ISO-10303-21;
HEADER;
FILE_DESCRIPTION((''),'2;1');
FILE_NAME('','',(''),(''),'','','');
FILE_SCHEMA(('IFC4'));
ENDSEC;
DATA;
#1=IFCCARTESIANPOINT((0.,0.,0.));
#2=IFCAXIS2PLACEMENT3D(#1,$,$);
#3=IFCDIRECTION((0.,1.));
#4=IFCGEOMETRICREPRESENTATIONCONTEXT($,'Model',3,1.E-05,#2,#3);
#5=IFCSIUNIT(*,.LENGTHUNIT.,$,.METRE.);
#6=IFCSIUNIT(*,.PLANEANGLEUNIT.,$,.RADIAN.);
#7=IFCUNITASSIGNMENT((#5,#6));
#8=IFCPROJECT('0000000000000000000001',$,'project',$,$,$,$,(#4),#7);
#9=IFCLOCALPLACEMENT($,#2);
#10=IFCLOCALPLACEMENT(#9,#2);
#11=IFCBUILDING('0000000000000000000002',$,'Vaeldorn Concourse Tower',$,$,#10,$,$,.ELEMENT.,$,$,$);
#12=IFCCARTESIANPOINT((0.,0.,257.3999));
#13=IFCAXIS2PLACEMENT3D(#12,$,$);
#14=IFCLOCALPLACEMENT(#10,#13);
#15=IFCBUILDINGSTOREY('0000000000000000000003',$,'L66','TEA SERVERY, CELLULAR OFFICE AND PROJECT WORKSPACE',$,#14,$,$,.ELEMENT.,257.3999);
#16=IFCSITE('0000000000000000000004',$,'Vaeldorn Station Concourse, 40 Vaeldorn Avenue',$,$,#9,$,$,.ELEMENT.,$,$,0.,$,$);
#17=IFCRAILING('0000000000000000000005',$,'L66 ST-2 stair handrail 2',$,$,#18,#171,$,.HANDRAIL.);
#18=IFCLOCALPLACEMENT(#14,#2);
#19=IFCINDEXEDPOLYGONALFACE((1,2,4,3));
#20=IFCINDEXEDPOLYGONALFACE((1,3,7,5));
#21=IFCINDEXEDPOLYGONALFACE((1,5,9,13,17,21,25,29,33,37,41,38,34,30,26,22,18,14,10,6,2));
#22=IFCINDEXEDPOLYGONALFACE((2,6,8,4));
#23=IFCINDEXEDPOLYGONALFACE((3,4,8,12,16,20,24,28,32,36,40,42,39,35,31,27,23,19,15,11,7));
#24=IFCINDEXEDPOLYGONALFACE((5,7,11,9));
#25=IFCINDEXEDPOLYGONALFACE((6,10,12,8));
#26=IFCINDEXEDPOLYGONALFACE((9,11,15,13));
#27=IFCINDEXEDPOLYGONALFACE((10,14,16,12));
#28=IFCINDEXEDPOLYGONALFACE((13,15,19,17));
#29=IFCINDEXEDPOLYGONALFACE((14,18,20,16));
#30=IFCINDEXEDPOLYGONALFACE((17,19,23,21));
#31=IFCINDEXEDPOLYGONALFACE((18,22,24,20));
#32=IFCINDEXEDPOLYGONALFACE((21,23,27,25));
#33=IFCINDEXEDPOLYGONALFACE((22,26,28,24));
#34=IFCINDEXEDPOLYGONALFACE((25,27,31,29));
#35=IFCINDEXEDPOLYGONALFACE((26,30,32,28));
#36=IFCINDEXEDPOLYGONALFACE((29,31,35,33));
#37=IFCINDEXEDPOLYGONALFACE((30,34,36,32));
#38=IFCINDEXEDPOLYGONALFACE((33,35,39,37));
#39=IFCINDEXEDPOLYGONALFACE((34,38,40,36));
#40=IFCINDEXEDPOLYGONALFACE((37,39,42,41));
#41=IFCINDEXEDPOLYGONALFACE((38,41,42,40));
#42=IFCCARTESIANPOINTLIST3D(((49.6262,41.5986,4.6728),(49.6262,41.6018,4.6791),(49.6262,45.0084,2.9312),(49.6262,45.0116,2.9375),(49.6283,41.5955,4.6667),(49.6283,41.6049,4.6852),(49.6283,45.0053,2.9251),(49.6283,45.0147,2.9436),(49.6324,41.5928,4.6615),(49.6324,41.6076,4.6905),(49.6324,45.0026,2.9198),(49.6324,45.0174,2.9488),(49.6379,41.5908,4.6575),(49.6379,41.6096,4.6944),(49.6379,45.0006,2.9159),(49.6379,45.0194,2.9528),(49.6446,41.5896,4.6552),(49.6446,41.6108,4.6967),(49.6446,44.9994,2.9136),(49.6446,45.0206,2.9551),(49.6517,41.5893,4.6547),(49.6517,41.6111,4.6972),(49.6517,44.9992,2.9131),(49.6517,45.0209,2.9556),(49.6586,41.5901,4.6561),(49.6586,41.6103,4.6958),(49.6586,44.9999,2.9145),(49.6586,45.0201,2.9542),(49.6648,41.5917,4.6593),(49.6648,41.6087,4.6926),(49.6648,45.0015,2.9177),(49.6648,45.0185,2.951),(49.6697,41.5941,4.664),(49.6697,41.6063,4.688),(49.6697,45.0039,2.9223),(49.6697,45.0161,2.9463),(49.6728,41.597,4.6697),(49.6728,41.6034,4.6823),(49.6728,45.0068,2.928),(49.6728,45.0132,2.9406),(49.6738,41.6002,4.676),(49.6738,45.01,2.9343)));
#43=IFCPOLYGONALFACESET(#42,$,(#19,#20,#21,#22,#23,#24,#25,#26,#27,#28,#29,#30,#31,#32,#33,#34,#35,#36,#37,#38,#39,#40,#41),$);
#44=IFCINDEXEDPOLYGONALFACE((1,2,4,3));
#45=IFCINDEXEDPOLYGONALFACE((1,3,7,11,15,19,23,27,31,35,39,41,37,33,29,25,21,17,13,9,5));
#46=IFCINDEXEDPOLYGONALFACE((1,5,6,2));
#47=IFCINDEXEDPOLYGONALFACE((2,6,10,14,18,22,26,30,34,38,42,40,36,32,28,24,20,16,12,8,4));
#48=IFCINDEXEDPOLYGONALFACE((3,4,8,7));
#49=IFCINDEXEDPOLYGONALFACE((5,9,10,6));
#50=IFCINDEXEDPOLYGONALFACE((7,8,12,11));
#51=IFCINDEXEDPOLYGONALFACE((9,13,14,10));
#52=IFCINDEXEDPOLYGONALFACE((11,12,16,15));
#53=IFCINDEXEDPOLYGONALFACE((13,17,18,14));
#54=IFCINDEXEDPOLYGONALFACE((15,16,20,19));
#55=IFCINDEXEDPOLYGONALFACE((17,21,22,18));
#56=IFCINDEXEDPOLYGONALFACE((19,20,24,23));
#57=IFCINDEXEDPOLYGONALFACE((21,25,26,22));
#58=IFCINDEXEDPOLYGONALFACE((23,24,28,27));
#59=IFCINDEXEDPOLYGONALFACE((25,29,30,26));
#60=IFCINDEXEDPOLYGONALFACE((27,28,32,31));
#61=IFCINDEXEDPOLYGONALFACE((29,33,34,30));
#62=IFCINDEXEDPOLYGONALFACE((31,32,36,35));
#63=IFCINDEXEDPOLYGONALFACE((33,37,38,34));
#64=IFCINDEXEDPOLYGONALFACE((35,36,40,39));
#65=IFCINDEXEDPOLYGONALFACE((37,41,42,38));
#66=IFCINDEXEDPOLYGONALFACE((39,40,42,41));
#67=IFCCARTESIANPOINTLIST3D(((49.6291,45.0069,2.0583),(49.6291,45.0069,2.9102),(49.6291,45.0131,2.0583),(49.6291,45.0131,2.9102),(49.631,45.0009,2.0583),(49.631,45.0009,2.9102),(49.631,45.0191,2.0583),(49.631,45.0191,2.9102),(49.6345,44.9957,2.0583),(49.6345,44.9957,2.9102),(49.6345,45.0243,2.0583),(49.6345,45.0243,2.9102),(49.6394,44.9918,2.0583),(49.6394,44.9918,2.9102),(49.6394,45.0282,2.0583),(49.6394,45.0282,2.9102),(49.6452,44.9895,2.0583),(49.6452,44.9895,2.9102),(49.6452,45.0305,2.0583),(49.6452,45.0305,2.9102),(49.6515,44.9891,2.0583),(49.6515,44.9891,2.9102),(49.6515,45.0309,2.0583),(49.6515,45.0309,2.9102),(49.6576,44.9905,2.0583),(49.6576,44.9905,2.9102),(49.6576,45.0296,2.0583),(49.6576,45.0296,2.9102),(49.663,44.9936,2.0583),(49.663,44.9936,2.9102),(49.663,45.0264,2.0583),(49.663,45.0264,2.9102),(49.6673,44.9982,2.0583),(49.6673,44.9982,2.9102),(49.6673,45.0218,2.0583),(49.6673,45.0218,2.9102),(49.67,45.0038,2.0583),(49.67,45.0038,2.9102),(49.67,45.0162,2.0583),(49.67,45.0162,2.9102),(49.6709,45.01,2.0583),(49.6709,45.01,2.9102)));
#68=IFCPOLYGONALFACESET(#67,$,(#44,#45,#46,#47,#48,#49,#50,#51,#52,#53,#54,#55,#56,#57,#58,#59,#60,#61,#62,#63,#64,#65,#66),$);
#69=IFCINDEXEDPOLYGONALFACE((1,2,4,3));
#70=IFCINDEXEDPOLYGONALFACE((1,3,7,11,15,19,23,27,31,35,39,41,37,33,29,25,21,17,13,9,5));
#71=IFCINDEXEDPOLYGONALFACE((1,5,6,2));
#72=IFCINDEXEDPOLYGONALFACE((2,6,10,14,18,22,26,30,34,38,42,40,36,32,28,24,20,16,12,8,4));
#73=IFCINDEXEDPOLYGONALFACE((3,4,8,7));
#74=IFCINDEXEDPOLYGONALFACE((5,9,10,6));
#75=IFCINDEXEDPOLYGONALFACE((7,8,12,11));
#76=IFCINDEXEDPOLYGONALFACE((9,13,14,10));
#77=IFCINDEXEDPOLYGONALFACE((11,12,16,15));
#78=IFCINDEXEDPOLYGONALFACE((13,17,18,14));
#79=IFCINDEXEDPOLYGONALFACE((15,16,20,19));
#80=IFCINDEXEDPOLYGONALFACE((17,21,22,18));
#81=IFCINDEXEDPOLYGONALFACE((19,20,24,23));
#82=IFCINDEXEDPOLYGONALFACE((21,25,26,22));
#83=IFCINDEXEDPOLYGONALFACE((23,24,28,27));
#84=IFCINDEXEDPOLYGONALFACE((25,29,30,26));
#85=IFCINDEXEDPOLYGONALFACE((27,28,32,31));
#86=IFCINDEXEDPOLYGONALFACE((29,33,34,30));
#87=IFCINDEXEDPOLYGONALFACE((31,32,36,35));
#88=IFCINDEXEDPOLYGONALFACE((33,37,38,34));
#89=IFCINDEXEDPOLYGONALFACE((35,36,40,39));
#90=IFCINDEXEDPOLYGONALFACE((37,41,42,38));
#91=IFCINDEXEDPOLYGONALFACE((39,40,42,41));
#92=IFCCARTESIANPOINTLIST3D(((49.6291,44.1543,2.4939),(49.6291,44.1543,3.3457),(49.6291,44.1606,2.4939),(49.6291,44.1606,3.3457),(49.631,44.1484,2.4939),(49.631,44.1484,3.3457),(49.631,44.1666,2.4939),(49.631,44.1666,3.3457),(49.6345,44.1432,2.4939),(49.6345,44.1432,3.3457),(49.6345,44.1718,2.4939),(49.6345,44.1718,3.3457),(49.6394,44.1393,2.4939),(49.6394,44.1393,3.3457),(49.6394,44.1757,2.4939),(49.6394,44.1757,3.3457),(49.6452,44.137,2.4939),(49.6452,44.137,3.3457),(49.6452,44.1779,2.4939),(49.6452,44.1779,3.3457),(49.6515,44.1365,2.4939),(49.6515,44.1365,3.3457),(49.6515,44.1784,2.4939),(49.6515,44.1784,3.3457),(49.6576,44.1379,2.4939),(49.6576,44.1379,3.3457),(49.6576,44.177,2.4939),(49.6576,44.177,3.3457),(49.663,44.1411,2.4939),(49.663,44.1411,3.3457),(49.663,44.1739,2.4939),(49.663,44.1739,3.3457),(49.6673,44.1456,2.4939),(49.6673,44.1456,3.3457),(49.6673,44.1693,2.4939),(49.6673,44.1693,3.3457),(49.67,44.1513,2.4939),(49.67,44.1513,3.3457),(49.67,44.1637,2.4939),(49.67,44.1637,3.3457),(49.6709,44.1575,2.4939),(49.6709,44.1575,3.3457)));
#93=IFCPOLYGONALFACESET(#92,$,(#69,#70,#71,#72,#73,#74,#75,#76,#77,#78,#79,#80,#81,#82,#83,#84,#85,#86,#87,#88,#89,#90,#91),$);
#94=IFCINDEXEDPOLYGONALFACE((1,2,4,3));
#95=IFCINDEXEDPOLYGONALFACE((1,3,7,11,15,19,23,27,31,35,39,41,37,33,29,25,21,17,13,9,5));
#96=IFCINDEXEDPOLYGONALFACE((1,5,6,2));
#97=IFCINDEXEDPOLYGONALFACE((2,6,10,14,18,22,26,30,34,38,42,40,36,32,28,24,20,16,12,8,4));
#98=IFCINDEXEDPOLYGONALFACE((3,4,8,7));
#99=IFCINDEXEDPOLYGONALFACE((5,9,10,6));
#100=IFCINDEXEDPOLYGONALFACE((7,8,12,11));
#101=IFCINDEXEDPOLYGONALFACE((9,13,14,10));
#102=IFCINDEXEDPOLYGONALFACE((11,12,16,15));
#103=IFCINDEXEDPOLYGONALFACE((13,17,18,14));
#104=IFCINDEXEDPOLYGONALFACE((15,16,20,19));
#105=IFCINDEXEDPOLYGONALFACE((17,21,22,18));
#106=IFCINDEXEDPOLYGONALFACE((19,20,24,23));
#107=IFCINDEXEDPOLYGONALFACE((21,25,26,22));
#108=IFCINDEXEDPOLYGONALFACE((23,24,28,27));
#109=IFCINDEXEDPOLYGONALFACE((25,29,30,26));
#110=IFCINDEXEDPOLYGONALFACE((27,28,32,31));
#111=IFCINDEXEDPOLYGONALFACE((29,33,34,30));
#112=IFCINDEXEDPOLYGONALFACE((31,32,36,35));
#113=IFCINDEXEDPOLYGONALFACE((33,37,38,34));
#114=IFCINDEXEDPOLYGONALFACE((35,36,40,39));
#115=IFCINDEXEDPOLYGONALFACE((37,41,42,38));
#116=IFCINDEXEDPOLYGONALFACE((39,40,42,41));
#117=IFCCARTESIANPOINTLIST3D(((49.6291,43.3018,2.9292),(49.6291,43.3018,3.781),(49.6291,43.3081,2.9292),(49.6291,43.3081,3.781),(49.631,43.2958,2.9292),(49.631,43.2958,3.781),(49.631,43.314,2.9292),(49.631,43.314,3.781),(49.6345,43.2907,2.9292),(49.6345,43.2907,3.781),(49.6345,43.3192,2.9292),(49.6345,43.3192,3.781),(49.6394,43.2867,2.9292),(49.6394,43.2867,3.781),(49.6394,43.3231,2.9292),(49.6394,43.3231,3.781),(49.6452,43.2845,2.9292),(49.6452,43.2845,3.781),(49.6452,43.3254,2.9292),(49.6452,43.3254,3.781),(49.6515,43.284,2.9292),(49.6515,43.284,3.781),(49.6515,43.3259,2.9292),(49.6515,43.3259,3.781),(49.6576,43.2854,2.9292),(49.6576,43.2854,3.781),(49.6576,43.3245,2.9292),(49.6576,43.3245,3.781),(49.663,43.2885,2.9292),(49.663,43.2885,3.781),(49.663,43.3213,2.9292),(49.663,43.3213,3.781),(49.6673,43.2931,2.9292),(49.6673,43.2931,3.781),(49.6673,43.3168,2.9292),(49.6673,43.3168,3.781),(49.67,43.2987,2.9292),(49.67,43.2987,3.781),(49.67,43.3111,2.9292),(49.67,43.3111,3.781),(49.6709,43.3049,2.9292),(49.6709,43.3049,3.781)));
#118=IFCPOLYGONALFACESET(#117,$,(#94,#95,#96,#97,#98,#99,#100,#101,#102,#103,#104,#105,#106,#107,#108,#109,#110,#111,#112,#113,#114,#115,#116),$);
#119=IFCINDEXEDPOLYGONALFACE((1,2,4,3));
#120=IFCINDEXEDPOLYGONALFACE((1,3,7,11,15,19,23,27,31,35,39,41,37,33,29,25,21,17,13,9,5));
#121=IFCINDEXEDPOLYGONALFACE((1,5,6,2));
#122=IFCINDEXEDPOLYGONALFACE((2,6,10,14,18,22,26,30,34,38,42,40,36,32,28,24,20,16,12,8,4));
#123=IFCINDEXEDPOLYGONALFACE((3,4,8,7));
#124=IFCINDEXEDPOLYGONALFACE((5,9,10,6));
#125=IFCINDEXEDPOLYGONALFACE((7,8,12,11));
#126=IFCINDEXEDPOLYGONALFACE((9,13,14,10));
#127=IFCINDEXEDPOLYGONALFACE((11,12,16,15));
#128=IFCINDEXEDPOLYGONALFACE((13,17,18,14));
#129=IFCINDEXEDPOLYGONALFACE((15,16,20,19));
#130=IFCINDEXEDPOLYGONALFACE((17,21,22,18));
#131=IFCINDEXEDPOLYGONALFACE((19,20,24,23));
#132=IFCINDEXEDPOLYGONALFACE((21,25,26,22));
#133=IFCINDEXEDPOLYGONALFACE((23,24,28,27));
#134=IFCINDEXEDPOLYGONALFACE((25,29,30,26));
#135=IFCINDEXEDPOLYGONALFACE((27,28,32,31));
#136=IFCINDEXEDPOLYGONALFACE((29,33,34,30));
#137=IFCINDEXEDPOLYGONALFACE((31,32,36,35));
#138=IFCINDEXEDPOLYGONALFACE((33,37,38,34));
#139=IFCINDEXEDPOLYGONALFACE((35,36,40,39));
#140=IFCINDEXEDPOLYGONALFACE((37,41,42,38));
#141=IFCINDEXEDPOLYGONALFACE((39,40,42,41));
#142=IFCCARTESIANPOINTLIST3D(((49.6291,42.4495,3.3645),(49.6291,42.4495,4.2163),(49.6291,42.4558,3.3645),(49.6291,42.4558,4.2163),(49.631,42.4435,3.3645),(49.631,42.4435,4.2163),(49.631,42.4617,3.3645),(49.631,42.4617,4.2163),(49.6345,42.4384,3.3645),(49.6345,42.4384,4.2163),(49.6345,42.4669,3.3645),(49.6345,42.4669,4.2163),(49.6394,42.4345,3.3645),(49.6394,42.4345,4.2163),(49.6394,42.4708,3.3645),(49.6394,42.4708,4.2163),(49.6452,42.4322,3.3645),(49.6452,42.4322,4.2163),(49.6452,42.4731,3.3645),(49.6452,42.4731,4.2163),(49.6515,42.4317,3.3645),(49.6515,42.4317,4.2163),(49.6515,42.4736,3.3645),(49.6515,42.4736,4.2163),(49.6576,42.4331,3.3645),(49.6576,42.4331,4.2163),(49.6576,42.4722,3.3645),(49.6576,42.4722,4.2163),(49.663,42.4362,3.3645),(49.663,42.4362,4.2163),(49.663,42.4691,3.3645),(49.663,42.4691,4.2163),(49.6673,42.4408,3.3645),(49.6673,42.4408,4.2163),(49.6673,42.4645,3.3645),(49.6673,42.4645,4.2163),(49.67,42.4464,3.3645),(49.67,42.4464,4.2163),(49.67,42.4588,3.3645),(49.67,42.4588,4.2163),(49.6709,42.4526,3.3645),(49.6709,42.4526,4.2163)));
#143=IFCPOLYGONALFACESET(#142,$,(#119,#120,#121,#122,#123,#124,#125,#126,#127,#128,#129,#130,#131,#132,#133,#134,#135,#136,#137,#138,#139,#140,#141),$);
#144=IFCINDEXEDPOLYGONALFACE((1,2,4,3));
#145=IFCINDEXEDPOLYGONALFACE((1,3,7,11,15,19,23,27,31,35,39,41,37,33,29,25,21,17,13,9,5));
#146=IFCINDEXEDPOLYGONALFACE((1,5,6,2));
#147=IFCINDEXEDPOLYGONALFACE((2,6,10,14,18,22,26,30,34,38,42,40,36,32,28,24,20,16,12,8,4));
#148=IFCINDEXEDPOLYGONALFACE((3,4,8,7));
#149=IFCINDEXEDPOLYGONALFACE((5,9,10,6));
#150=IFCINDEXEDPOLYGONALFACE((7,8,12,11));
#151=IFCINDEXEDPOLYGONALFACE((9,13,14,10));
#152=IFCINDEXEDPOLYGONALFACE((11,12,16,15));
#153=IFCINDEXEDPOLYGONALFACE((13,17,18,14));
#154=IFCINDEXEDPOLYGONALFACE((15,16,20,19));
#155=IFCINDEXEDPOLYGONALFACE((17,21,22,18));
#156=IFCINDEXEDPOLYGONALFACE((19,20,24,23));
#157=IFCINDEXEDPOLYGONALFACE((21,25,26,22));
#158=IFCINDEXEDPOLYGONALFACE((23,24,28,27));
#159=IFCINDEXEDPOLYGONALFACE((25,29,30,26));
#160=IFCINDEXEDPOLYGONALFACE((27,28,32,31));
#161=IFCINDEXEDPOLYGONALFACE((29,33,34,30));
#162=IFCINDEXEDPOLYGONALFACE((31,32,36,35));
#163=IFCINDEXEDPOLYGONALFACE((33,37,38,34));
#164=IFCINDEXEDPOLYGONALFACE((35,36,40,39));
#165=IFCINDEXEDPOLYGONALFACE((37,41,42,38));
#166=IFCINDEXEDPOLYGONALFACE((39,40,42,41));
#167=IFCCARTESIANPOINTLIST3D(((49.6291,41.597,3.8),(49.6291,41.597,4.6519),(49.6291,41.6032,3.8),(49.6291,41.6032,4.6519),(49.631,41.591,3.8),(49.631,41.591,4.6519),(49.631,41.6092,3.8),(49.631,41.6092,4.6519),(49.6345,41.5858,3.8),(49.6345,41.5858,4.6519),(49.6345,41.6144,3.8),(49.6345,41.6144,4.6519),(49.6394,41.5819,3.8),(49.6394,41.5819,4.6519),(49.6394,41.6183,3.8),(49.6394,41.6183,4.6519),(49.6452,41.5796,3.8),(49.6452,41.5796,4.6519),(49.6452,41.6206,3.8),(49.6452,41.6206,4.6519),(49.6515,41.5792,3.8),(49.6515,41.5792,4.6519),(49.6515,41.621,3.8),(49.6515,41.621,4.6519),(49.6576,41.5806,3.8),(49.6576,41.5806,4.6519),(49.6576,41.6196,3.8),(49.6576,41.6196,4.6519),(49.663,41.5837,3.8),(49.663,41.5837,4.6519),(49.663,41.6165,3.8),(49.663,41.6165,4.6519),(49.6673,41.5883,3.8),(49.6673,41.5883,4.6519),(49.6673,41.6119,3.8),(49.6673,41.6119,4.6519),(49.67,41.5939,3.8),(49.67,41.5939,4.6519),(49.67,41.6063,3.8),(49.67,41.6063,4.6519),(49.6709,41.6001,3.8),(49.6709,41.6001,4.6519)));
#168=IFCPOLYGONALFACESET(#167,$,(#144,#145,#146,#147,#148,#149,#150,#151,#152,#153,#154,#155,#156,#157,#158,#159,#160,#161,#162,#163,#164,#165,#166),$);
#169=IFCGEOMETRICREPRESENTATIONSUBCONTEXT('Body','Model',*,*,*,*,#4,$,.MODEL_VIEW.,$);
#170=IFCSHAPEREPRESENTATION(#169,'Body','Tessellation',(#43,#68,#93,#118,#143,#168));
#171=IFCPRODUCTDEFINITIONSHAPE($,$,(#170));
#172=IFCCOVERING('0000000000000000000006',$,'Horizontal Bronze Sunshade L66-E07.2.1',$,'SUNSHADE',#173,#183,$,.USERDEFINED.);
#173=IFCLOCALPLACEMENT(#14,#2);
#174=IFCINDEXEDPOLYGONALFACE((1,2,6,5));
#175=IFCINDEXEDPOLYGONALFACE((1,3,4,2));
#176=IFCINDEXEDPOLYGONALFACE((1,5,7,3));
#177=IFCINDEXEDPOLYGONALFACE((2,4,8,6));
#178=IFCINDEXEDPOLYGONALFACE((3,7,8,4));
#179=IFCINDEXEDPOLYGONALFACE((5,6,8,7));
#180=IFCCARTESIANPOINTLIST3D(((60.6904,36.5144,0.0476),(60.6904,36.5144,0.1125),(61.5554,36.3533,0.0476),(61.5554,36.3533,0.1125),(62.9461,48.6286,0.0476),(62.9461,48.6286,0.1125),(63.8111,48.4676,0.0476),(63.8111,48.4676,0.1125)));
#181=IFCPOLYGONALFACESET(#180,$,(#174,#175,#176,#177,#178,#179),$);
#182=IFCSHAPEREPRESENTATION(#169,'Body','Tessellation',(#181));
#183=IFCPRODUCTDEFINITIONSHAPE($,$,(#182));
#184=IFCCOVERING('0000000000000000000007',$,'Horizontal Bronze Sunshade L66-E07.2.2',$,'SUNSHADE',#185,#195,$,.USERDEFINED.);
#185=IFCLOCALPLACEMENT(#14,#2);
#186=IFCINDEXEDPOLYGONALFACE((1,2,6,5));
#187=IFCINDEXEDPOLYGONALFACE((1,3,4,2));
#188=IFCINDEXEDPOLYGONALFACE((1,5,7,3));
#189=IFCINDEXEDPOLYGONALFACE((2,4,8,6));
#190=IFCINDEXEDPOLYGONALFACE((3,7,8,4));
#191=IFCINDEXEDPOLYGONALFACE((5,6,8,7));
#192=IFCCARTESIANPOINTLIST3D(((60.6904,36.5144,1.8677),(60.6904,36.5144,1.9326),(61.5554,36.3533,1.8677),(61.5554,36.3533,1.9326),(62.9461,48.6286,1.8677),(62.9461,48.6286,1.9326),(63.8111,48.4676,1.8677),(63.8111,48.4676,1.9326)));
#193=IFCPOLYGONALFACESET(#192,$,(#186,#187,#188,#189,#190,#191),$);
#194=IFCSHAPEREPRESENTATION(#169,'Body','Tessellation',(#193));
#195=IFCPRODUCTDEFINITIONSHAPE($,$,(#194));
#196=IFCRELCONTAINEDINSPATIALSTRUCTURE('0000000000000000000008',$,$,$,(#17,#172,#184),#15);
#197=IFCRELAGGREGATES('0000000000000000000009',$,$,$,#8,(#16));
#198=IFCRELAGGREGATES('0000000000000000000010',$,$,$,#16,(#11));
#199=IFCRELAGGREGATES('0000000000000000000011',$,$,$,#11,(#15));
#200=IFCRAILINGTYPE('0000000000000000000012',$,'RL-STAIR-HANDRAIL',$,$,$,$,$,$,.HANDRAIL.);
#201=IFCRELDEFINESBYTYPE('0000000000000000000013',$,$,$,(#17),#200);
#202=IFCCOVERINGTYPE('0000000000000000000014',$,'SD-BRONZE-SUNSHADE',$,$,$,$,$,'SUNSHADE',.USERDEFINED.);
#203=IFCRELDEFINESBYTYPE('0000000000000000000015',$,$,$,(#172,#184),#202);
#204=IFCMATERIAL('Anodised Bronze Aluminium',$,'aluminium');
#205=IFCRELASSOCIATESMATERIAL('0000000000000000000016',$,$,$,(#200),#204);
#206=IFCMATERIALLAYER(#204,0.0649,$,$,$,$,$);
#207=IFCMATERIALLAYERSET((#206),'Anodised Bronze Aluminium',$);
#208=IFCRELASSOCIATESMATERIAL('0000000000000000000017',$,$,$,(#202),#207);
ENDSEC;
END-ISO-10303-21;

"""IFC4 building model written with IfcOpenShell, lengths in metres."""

from ifc_helpers import new_model, si_unit, direction, frame, origin, origin_2d, place, context, subcontext, project, spatial, rectangle, circle, extrude, source, transform, mapped, material, layer, layer_set, type_object, element, save


model = new_model("IFC4")

# Units and contexts
model_context = context("Model", 3, precision=1e-05, world=origin(), true_north=direction((0.0, 1.0)))
body_context = subcontext(model_context, "Body", "Model", "MODEL_VIEW")
ifc_project = project(units=[si_unit("LENGTHUNIT", "METRE"), si_unit("PLANEANGLEUNIT", "RADIAN")], contexts=[model_context])

# Site, building, storey
site_placement = place(None, origin())
site = spatial("IfcSite", under=ifc_project, at=site_placement, Name="Vaeldorn Station Concourse, 40 Vaeldorn Avenue", CompositionType="ELEMENT", RefElevation=0.0)
building_placement = place(site_placement, origin())
building = spatial("IfcBuilding", under=site, at=building_placement, Name="Vaeldorn Concourse Tower", CompositionType="ELEMENT")
storey_placement = place(building_placement, frame((0.0, 0.0, 257.3999)))
storey = spatial("IfcBuildingStorey", under=building, at=storey_placement, Name="L66", Description="TEA SERVERY, CELLULAR OFFICE AND PROJECT WORKSPACE", CompositionType="ELEMENT", Elevation=257.3999)

# Shared definitions
ifc_material_1 = material(Name="Anodised Bronze Aluminium", Category="aluminium")

# Railing
railing_type_1 = type_object("IfcRailingType", Name="RL-STAIR-HANDRAIL", PredefinedType="HANDRAIL", material=ifc_material_1)
railing_1_placement = place(storey_placement, frame((49.6499, 45.01, 2.0583)))
element("IfcRailing", 1, at=railing_1_placement, inside=storey, type_object=railing_type_1, Name="L66 ST-2 stair handrail 2", PredefinedType="HANDRAIL", context=body_context, shape_type="SweptSolid", body=[
    extrude(circle(Radius=0.0239, at=origin_2d()), frame((0.0, 0.0, 0.876), z_axis=(0.0, -0.890556, 0.454874), x_axis=(1.0, 0.0, 0.0)), (0.0, 0.0, 1.0), 3.8289),
    extrude(circle(Radius=0.021, at=origin_2d()), origin(), (0.0, 0.0, 1.0), 0.8518),
    extrude(circle(Radius=0.021, at=origin_2d()), frame((0.0, -0.8525, 0.4355)), (0.0, 0.0, 1.0), 0.8518),
    extrude(circle(Radius=0.021, at=origin_2d()), frame((0.0, -1.7051, 0.8708)), (0.0, 0.0, 1.0), 0.8518),
    extrude(circle(Radius=0.021, at=origin_2d()), frame((0.0, -2.5574, 1.3062)), (0.0, 0.0, 1.0), 0.8518),
    extrude(circle(Radius=0.021, at=origin_2d()), frame((0.0, -3.4099, 1.7417)), (0.0, 0.0, 1.0), 0.8518),
])

# Coverings
ifc_layer_1 = layer(ifc_material_1, 0.0649)
ifc_layer_set_1 = layer_set([ifc_layer_1], Name="Anodised Bronze Aluminium")
covering_type = type_object("IfcCoveringType", Name="SD-BRONZE-SUNSHADE", ElementType="SUNSHADE", PredefinedType="USERDEFINED", material=ifc_layer_set_1)
shared_shape_1 = source(origin(), body_context, "Body", "SweptSolid", [
    extrude(rectangle(XDim=12.3225, YDim=0.8799, at=origin_2d()), origin(), (0.0, 0.0, 1.0), 0.0649),
])
for number, where, z_axis, x_axis, name in (
    (2, (62.2507, 42.491, 0.0476), (0.0, 0.0, 1.0), (0.183059, 0.983102, 0.0), "Horizontal Bronze Sunshade L66-E07.2.1"),
    (3, (62.2507, 42.491, 1.8677), (0.0, 0.0, 1.0), (0.183059, 0.983102, 0.0), "Horizontal Bronze Sunshade L66-E07.2.2"),
):
    element("IfcCovering", number, at=place(storey_placement, frame(where, z_axis=z_axis, x_axis=x_axis)), inside=storey, type_object=covering_type, Name=name, ObjectType="SUNSHADE", PredefinedType="USERDEFINED", context=body_context, shape_type="MappedRepresentation", body=[
        mapped(shared_shape_1, transform((0.0, 0.0, 0.0), scale=1.0)),
    ])

save(model, "model.ifc")
